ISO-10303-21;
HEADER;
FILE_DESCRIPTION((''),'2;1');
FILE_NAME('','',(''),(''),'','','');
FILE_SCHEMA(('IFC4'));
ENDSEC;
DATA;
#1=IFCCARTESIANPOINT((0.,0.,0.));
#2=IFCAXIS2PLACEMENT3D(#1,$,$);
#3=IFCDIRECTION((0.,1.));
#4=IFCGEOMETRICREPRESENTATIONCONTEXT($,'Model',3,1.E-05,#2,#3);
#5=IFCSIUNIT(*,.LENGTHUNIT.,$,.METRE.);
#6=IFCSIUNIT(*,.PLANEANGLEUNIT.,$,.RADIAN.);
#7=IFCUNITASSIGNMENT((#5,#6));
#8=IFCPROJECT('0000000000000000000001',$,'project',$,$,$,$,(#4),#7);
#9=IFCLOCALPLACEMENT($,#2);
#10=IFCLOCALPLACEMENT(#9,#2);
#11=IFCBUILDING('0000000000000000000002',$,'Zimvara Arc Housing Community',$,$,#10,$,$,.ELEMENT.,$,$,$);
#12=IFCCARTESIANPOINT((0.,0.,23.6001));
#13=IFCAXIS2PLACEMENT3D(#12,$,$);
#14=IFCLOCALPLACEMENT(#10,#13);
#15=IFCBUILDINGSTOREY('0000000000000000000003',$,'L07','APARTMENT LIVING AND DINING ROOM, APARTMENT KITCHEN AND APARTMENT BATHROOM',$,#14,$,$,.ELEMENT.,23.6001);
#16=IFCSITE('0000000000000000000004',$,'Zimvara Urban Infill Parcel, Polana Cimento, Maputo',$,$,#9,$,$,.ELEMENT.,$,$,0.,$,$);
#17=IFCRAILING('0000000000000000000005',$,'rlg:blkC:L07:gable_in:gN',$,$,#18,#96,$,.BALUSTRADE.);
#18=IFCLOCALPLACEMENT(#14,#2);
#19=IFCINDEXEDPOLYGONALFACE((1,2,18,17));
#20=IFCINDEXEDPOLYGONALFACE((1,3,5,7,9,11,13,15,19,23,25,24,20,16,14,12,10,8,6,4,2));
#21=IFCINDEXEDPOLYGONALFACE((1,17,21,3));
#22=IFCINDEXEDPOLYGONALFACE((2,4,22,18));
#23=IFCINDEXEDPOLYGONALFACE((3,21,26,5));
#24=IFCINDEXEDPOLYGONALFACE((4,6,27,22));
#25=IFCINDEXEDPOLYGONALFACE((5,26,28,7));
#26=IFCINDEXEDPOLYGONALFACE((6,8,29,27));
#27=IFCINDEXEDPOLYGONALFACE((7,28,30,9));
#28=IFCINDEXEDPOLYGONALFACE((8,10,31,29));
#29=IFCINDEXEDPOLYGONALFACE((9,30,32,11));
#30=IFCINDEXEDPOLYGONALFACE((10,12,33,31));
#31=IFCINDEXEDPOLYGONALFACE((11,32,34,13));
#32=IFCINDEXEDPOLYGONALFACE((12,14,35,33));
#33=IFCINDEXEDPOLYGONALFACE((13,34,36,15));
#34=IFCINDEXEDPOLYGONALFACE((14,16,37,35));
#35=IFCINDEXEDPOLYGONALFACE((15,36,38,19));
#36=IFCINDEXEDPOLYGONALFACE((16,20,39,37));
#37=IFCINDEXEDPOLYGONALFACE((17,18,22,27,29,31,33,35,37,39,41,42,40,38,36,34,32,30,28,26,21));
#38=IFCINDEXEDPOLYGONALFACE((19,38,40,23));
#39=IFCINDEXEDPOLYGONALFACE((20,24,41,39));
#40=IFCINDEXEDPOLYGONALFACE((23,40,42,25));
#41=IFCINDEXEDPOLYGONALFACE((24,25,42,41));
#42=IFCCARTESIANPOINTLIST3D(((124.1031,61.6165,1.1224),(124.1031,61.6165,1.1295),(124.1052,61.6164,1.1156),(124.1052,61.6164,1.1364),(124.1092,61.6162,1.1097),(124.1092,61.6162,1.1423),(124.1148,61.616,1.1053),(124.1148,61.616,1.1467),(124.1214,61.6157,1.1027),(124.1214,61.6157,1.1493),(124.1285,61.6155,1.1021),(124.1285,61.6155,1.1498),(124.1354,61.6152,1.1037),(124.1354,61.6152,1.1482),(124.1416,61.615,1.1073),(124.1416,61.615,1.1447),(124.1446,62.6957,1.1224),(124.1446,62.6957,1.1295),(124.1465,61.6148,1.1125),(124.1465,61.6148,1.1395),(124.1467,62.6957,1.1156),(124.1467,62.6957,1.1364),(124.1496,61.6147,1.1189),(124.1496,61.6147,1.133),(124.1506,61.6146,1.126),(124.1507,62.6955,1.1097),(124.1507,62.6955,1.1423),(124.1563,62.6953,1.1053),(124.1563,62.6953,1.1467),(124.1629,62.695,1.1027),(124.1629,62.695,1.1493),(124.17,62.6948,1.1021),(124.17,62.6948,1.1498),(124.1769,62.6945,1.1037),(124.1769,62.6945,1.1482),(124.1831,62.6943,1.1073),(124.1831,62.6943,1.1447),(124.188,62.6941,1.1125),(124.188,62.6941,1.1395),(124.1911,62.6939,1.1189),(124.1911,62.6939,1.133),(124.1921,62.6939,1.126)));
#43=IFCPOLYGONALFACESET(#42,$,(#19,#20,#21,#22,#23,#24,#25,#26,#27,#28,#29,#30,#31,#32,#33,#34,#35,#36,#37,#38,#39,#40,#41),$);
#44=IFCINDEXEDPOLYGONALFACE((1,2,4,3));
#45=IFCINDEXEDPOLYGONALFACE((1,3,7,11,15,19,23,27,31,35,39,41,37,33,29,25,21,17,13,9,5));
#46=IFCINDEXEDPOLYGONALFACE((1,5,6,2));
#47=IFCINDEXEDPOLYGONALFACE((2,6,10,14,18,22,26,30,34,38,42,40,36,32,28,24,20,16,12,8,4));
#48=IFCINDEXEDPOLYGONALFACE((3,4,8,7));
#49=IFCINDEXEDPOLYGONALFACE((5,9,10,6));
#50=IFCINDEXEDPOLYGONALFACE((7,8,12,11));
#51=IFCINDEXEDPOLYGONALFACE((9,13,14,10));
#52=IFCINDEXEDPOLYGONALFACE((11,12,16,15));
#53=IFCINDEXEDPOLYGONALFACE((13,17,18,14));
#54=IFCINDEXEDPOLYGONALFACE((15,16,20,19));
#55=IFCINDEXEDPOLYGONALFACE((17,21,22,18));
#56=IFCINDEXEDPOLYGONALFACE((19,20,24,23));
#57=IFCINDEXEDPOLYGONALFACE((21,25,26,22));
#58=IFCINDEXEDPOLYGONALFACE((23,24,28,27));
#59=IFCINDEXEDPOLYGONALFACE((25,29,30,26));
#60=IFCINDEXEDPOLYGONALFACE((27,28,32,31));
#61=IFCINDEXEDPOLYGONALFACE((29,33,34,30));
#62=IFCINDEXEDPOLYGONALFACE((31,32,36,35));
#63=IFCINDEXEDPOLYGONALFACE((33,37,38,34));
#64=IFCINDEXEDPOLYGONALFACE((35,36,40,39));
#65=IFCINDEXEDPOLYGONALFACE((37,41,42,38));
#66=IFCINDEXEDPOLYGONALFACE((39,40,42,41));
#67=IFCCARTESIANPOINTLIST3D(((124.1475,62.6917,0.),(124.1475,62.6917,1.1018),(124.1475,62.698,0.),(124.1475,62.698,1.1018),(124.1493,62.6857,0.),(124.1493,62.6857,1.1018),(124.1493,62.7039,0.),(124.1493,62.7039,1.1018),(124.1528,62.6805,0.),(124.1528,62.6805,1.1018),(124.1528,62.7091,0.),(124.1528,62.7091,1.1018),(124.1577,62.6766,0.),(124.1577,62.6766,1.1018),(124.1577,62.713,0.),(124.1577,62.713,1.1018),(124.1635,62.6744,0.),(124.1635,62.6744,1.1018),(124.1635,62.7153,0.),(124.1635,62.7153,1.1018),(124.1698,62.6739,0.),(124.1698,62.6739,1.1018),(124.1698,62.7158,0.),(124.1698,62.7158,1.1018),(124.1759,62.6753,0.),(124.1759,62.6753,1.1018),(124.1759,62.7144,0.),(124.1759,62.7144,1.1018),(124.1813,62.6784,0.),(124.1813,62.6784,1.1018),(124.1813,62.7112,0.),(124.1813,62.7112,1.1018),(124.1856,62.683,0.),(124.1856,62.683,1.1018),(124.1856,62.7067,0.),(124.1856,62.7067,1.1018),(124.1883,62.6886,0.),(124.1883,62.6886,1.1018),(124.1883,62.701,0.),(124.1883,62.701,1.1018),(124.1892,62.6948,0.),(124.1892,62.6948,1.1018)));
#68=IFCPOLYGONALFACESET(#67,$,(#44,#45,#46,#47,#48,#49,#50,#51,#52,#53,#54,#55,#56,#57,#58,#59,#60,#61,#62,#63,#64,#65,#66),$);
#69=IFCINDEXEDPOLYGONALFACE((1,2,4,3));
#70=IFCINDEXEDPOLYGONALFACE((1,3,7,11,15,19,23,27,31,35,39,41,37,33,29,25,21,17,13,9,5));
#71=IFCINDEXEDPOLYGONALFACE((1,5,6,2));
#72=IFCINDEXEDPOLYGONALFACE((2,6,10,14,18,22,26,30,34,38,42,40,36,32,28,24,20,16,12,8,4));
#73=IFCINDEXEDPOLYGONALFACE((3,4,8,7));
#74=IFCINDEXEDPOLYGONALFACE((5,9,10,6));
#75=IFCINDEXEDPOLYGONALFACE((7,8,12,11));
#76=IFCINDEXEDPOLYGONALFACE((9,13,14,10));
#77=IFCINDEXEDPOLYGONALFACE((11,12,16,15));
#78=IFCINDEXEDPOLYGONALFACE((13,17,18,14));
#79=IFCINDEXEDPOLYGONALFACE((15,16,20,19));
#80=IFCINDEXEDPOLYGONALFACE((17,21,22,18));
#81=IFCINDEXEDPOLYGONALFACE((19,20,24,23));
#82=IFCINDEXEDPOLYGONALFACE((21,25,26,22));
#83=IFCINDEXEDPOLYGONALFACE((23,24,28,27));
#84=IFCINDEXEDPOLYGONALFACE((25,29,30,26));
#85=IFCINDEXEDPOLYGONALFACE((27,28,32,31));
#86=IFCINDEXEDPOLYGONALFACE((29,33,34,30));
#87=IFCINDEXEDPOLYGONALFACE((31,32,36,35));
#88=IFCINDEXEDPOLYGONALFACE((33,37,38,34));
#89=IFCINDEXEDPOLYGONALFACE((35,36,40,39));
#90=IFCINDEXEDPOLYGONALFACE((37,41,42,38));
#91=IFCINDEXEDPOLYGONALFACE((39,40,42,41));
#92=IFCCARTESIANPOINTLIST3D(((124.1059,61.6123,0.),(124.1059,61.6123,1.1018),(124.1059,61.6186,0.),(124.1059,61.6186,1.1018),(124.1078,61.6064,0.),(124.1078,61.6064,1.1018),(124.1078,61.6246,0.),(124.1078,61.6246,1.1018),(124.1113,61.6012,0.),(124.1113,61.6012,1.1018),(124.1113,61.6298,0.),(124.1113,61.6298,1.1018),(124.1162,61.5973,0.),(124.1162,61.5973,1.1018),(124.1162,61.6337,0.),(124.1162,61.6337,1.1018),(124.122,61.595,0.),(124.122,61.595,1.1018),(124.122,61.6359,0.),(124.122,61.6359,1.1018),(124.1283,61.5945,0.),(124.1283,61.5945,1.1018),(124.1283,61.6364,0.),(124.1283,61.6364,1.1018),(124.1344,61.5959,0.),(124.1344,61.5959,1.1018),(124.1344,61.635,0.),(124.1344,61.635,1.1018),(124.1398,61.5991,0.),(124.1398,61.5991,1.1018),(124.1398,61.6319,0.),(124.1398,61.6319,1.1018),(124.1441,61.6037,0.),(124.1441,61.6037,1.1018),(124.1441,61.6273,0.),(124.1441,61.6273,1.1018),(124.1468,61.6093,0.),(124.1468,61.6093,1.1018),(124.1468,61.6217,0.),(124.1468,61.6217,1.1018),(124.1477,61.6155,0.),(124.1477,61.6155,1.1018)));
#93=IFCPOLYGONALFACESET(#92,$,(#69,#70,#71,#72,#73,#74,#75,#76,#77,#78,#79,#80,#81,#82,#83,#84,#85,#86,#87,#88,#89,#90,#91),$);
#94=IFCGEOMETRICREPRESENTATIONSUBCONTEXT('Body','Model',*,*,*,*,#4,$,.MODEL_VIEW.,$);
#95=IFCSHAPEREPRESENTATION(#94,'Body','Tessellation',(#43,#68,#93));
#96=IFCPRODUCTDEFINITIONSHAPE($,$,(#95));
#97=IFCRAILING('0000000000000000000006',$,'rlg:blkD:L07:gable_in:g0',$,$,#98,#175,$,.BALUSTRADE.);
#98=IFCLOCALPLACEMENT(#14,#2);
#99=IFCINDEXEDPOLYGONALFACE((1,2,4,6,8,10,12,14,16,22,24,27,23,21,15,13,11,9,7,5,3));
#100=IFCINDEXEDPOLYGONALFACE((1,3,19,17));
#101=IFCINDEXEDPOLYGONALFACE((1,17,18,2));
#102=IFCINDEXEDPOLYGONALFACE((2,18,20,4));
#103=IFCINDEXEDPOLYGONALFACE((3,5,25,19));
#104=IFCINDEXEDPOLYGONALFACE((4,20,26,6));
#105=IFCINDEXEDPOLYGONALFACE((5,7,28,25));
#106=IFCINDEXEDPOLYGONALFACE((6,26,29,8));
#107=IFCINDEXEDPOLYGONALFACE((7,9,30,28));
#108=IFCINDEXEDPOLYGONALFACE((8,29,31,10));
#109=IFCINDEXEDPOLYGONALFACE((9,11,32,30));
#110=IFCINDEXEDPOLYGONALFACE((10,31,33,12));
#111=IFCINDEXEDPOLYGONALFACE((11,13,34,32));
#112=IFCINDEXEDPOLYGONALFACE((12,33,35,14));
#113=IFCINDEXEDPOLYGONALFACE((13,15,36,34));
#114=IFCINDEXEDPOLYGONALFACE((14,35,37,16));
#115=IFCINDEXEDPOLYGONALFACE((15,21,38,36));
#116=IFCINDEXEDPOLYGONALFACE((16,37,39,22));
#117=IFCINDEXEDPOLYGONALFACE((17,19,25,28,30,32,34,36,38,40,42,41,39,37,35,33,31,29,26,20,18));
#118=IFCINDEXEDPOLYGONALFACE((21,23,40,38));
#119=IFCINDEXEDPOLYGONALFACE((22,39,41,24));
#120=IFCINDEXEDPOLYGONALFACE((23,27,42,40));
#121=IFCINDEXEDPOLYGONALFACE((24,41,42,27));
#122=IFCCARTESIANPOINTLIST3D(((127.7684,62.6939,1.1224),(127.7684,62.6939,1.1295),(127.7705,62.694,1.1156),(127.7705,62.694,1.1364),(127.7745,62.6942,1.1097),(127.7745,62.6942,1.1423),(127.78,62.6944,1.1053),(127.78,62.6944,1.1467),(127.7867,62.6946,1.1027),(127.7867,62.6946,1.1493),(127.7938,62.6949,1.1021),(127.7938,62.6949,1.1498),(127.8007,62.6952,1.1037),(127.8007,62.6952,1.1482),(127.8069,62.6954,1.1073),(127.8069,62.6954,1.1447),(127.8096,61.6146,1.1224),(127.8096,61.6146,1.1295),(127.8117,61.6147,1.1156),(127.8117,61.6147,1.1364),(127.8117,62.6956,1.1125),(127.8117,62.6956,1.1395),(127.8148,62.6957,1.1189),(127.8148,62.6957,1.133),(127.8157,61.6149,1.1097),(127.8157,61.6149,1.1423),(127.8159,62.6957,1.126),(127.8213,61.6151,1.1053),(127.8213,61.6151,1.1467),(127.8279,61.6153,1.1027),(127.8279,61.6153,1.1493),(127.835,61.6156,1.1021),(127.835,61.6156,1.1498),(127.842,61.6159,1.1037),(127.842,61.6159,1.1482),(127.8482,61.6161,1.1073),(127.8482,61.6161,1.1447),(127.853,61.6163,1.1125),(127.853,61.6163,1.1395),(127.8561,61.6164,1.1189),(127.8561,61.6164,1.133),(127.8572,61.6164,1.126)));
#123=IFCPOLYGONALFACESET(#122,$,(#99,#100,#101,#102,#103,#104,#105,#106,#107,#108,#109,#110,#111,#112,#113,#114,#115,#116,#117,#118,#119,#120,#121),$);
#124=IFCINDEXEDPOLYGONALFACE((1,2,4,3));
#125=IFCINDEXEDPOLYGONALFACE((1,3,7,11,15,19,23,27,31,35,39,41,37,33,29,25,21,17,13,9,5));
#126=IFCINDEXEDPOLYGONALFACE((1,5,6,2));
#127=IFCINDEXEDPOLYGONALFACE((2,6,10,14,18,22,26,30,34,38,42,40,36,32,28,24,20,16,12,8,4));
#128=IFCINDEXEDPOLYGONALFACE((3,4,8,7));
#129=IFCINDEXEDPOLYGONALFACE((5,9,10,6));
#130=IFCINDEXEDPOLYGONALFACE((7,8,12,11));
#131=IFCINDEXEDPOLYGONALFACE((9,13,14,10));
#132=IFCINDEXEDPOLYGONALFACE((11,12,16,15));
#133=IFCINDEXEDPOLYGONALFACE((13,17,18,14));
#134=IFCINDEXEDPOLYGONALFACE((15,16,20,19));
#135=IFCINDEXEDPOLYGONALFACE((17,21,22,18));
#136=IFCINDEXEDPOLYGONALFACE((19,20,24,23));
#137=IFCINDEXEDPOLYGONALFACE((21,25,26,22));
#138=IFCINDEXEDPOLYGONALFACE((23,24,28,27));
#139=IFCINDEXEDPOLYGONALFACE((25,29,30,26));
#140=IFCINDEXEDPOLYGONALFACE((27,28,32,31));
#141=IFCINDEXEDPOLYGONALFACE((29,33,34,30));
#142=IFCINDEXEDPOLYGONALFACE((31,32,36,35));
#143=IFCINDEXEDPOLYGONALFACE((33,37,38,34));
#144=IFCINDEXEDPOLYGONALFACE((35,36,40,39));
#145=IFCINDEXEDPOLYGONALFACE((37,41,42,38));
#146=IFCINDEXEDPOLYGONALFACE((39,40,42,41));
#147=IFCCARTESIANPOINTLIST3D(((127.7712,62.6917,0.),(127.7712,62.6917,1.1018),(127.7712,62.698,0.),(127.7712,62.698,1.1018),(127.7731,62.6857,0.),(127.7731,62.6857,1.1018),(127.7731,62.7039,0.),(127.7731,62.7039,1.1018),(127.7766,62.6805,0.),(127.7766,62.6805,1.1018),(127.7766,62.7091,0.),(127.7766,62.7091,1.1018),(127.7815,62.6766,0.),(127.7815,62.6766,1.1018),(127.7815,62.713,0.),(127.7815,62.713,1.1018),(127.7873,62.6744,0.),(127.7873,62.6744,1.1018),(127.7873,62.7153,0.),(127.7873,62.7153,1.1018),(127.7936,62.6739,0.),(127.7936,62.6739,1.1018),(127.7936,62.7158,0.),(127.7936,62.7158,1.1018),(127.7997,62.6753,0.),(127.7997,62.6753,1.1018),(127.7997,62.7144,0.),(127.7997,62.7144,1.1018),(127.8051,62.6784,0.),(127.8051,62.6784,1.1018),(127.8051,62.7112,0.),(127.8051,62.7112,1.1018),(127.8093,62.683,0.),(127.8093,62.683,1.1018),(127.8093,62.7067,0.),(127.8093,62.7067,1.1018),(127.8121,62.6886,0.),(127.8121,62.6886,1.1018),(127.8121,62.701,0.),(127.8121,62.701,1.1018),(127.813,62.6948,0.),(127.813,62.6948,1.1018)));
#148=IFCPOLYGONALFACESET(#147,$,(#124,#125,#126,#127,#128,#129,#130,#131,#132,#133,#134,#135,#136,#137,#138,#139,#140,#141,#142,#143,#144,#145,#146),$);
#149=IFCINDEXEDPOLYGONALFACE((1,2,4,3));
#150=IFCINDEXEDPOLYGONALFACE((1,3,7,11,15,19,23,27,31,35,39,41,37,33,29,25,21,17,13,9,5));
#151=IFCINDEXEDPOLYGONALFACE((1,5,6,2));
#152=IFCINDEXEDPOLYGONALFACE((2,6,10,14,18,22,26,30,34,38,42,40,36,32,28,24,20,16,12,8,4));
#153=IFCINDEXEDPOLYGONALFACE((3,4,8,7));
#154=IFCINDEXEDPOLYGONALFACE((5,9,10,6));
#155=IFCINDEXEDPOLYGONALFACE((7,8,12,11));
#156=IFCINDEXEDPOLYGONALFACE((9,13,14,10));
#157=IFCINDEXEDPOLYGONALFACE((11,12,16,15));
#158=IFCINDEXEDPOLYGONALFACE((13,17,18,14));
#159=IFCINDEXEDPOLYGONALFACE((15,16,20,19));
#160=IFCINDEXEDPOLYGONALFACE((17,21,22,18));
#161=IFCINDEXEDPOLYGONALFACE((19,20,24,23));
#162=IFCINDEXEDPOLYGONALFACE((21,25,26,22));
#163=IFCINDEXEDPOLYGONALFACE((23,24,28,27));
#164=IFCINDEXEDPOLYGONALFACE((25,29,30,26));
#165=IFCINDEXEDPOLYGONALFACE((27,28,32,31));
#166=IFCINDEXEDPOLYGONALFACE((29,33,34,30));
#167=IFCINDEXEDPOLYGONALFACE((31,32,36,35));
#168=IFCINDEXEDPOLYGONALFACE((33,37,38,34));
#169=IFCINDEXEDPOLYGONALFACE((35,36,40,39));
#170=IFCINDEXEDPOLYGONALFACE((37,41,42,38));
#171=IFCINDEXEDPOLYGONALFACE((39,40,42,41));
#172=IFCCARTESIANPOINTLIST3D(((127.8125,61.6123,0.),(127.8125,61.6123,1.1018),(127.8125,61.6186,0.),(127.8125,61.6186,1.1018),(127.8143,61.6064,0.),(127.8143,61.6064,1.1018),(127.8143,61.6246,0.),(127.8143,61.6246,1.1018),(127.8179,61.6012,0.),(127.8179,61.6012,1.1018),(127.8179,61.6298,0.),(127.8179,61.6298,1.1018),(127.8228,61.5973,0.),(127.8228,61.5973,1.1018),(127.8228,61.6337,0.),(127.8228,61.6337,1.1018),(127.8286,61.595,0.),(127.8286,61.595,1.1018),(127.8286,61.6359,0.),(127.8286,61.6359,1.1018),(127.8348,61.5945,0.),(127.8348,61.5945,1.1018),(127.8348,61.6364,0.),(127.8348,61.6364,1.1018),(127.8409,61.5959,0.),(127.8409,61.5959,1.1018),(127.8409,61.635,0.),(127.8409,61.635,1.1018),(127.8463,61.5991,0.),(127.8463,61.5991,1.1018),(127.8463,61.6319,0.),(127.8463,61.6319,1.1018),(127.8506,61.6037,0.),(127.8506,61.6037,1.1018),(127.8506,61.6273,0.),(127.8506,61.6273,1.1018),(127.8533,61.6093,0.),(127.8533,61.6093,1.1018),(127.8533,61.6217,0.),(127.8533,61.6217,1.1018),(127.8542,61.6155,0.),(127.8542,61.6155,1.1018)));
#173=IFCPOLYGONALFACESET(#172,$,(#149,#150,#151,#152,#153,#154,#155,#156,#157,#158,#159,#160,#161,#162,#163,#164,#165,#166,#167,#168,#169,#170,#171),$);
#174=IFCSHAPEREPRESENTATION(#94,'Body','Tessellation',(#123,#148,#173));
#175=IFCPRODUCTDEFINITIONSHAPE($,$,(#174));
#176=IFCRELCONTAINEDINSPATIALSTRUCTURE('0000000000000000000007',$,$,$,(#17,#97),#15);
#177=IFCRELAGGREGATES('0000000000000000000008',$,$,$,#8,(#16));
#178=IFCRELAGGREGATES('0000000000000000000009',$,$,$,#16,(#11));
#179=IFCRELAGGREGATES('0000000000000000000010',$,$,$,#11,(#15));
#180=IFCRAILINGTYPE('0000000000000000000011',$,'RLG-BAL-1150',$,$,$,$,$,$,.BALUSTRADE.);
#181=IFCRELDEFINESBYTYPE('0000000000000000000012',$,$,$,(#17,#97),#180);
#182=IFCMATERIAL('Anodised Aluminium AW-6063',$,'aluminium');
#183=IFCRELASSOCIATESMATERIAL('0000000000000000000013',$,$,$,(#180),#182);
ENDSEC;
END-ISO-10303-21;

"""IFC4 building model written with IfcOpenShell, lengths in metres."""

from ifc_helpers import new_model, si_unit, direction, frame, origin, origin_2d, place, context, subcontext, project, spatial, circle, extrude, material, type_object, element, save


model = new_model("IFC4")

# Units and contexts
model_context = context("Model", 3, precision=1e-05, world=origin(), true_north=direction((0.0, 1.0)))
body_context = subcontext(model_context, "Body", "Model", "MODEL_VIEW")
ifc_project = project(units=[si_unit("LENGTHUNIT", "METRE"), si_unit("PLANEANGLEUNIT", "RADIAN")], contexts=[model_context])

# Site, building, storey
site_placement = place(None, origin())
site = spatial("IfcSite", under=ifc_project, at=site_placement, Name="Zimvara Urban Infill Parcel, Polana Cimento, Maputo", CompositionType="ELEMENT", RefElevation=0.0)
building_placement = place(site_placement, origin())
building = spatial("IfcBuilding", under=site, at=building_placement, Name="Zimvara Arc Housing Community", CompositionType="ELEMENT")
storey_placement = place(building_placement, frame((0.0, 0.0, 23.6001)))
storey = spatial("IfcBuildingStorey", under=building, at=storey_placement, Name="L07", Description="APARTMENT LIVING AND DINING ROOM, APARTMENT KITCHEN AND APARTMENT BATHROOM", CompositionType="ELEMENT", Elevation=23.6001)

# Railings
ifc_material_1 = material(Name="Anodised Aluminium AW-6063", Category="aluminium")
railing_type = type_object("IfcRailingType", Name="RLG-BAL-1150", PredefinedType="BALUSTRADE", material=ifc_material_1)
railing_1_placement = place(storey_placement, frame((124.1682, 62.6948, 0.0)))
element("IfcRailing", 1, at=railing_1_placement, inside=storey, type_object=railing_type, Name="rlg:blkC:L07:gable_in:gN", PredefinedType="BALUSTRADE", context=body_context, shape_type="SweptSolid", body=[
    extrude(circle(Radius=0.0239, at=origin_2d()), frame((0.0, 0.0, 1.126), z_axis=(-0.038424, -0.999262, 0.0), x_axis=(0.999262, -0.038424, 0.0)), (0.0, 0.0, 1.0), 1.0801),
    extrude(circle(Radius=0.021, at=origin_2d()), origin(), (0.0, 0.0, 1.0), 1.1018),
    extrude(circle(Radius=0.021, at=origin_2d()), frame((-0.0415, -1.0793, 0.0)), (0.0, 0.0, 1.0), 1.1018),
])
railing_2_placement = place(storey_placement, frame((127.792, 62.6948, 0.0)))
element("IfcRailing", 2, at=railing_2_placement, inside=storey, type_object=railing_type, Name="rlg:blkD:L07:gable_in:g0", PredefinedType="BALUSTRADE", context=body_context, shape_type="SweptSolid", body=[
    extrude(circle(Radius=0.0239, at=origin_2d()), frame((0.0, 0.0, 1.126), z_axis=(0.038199, -0.99927, 0.0), x_axis=(0.99927, 0.038199, 0.0)), (0.0, 0.0, 1.0), 1.0801),
    extrude(circle(Radius=0.021, at=origin_2d()), origin(), (0.0, 0.0, 1.0), 1.1018),
    extrude(circle(Radius=0.021, at=origin_2d()), frame((0.0413, -1.0793, 0.0)), (0.0, 0.0, 1.0), 1.1018),
])

save(model, "model.ifc")
